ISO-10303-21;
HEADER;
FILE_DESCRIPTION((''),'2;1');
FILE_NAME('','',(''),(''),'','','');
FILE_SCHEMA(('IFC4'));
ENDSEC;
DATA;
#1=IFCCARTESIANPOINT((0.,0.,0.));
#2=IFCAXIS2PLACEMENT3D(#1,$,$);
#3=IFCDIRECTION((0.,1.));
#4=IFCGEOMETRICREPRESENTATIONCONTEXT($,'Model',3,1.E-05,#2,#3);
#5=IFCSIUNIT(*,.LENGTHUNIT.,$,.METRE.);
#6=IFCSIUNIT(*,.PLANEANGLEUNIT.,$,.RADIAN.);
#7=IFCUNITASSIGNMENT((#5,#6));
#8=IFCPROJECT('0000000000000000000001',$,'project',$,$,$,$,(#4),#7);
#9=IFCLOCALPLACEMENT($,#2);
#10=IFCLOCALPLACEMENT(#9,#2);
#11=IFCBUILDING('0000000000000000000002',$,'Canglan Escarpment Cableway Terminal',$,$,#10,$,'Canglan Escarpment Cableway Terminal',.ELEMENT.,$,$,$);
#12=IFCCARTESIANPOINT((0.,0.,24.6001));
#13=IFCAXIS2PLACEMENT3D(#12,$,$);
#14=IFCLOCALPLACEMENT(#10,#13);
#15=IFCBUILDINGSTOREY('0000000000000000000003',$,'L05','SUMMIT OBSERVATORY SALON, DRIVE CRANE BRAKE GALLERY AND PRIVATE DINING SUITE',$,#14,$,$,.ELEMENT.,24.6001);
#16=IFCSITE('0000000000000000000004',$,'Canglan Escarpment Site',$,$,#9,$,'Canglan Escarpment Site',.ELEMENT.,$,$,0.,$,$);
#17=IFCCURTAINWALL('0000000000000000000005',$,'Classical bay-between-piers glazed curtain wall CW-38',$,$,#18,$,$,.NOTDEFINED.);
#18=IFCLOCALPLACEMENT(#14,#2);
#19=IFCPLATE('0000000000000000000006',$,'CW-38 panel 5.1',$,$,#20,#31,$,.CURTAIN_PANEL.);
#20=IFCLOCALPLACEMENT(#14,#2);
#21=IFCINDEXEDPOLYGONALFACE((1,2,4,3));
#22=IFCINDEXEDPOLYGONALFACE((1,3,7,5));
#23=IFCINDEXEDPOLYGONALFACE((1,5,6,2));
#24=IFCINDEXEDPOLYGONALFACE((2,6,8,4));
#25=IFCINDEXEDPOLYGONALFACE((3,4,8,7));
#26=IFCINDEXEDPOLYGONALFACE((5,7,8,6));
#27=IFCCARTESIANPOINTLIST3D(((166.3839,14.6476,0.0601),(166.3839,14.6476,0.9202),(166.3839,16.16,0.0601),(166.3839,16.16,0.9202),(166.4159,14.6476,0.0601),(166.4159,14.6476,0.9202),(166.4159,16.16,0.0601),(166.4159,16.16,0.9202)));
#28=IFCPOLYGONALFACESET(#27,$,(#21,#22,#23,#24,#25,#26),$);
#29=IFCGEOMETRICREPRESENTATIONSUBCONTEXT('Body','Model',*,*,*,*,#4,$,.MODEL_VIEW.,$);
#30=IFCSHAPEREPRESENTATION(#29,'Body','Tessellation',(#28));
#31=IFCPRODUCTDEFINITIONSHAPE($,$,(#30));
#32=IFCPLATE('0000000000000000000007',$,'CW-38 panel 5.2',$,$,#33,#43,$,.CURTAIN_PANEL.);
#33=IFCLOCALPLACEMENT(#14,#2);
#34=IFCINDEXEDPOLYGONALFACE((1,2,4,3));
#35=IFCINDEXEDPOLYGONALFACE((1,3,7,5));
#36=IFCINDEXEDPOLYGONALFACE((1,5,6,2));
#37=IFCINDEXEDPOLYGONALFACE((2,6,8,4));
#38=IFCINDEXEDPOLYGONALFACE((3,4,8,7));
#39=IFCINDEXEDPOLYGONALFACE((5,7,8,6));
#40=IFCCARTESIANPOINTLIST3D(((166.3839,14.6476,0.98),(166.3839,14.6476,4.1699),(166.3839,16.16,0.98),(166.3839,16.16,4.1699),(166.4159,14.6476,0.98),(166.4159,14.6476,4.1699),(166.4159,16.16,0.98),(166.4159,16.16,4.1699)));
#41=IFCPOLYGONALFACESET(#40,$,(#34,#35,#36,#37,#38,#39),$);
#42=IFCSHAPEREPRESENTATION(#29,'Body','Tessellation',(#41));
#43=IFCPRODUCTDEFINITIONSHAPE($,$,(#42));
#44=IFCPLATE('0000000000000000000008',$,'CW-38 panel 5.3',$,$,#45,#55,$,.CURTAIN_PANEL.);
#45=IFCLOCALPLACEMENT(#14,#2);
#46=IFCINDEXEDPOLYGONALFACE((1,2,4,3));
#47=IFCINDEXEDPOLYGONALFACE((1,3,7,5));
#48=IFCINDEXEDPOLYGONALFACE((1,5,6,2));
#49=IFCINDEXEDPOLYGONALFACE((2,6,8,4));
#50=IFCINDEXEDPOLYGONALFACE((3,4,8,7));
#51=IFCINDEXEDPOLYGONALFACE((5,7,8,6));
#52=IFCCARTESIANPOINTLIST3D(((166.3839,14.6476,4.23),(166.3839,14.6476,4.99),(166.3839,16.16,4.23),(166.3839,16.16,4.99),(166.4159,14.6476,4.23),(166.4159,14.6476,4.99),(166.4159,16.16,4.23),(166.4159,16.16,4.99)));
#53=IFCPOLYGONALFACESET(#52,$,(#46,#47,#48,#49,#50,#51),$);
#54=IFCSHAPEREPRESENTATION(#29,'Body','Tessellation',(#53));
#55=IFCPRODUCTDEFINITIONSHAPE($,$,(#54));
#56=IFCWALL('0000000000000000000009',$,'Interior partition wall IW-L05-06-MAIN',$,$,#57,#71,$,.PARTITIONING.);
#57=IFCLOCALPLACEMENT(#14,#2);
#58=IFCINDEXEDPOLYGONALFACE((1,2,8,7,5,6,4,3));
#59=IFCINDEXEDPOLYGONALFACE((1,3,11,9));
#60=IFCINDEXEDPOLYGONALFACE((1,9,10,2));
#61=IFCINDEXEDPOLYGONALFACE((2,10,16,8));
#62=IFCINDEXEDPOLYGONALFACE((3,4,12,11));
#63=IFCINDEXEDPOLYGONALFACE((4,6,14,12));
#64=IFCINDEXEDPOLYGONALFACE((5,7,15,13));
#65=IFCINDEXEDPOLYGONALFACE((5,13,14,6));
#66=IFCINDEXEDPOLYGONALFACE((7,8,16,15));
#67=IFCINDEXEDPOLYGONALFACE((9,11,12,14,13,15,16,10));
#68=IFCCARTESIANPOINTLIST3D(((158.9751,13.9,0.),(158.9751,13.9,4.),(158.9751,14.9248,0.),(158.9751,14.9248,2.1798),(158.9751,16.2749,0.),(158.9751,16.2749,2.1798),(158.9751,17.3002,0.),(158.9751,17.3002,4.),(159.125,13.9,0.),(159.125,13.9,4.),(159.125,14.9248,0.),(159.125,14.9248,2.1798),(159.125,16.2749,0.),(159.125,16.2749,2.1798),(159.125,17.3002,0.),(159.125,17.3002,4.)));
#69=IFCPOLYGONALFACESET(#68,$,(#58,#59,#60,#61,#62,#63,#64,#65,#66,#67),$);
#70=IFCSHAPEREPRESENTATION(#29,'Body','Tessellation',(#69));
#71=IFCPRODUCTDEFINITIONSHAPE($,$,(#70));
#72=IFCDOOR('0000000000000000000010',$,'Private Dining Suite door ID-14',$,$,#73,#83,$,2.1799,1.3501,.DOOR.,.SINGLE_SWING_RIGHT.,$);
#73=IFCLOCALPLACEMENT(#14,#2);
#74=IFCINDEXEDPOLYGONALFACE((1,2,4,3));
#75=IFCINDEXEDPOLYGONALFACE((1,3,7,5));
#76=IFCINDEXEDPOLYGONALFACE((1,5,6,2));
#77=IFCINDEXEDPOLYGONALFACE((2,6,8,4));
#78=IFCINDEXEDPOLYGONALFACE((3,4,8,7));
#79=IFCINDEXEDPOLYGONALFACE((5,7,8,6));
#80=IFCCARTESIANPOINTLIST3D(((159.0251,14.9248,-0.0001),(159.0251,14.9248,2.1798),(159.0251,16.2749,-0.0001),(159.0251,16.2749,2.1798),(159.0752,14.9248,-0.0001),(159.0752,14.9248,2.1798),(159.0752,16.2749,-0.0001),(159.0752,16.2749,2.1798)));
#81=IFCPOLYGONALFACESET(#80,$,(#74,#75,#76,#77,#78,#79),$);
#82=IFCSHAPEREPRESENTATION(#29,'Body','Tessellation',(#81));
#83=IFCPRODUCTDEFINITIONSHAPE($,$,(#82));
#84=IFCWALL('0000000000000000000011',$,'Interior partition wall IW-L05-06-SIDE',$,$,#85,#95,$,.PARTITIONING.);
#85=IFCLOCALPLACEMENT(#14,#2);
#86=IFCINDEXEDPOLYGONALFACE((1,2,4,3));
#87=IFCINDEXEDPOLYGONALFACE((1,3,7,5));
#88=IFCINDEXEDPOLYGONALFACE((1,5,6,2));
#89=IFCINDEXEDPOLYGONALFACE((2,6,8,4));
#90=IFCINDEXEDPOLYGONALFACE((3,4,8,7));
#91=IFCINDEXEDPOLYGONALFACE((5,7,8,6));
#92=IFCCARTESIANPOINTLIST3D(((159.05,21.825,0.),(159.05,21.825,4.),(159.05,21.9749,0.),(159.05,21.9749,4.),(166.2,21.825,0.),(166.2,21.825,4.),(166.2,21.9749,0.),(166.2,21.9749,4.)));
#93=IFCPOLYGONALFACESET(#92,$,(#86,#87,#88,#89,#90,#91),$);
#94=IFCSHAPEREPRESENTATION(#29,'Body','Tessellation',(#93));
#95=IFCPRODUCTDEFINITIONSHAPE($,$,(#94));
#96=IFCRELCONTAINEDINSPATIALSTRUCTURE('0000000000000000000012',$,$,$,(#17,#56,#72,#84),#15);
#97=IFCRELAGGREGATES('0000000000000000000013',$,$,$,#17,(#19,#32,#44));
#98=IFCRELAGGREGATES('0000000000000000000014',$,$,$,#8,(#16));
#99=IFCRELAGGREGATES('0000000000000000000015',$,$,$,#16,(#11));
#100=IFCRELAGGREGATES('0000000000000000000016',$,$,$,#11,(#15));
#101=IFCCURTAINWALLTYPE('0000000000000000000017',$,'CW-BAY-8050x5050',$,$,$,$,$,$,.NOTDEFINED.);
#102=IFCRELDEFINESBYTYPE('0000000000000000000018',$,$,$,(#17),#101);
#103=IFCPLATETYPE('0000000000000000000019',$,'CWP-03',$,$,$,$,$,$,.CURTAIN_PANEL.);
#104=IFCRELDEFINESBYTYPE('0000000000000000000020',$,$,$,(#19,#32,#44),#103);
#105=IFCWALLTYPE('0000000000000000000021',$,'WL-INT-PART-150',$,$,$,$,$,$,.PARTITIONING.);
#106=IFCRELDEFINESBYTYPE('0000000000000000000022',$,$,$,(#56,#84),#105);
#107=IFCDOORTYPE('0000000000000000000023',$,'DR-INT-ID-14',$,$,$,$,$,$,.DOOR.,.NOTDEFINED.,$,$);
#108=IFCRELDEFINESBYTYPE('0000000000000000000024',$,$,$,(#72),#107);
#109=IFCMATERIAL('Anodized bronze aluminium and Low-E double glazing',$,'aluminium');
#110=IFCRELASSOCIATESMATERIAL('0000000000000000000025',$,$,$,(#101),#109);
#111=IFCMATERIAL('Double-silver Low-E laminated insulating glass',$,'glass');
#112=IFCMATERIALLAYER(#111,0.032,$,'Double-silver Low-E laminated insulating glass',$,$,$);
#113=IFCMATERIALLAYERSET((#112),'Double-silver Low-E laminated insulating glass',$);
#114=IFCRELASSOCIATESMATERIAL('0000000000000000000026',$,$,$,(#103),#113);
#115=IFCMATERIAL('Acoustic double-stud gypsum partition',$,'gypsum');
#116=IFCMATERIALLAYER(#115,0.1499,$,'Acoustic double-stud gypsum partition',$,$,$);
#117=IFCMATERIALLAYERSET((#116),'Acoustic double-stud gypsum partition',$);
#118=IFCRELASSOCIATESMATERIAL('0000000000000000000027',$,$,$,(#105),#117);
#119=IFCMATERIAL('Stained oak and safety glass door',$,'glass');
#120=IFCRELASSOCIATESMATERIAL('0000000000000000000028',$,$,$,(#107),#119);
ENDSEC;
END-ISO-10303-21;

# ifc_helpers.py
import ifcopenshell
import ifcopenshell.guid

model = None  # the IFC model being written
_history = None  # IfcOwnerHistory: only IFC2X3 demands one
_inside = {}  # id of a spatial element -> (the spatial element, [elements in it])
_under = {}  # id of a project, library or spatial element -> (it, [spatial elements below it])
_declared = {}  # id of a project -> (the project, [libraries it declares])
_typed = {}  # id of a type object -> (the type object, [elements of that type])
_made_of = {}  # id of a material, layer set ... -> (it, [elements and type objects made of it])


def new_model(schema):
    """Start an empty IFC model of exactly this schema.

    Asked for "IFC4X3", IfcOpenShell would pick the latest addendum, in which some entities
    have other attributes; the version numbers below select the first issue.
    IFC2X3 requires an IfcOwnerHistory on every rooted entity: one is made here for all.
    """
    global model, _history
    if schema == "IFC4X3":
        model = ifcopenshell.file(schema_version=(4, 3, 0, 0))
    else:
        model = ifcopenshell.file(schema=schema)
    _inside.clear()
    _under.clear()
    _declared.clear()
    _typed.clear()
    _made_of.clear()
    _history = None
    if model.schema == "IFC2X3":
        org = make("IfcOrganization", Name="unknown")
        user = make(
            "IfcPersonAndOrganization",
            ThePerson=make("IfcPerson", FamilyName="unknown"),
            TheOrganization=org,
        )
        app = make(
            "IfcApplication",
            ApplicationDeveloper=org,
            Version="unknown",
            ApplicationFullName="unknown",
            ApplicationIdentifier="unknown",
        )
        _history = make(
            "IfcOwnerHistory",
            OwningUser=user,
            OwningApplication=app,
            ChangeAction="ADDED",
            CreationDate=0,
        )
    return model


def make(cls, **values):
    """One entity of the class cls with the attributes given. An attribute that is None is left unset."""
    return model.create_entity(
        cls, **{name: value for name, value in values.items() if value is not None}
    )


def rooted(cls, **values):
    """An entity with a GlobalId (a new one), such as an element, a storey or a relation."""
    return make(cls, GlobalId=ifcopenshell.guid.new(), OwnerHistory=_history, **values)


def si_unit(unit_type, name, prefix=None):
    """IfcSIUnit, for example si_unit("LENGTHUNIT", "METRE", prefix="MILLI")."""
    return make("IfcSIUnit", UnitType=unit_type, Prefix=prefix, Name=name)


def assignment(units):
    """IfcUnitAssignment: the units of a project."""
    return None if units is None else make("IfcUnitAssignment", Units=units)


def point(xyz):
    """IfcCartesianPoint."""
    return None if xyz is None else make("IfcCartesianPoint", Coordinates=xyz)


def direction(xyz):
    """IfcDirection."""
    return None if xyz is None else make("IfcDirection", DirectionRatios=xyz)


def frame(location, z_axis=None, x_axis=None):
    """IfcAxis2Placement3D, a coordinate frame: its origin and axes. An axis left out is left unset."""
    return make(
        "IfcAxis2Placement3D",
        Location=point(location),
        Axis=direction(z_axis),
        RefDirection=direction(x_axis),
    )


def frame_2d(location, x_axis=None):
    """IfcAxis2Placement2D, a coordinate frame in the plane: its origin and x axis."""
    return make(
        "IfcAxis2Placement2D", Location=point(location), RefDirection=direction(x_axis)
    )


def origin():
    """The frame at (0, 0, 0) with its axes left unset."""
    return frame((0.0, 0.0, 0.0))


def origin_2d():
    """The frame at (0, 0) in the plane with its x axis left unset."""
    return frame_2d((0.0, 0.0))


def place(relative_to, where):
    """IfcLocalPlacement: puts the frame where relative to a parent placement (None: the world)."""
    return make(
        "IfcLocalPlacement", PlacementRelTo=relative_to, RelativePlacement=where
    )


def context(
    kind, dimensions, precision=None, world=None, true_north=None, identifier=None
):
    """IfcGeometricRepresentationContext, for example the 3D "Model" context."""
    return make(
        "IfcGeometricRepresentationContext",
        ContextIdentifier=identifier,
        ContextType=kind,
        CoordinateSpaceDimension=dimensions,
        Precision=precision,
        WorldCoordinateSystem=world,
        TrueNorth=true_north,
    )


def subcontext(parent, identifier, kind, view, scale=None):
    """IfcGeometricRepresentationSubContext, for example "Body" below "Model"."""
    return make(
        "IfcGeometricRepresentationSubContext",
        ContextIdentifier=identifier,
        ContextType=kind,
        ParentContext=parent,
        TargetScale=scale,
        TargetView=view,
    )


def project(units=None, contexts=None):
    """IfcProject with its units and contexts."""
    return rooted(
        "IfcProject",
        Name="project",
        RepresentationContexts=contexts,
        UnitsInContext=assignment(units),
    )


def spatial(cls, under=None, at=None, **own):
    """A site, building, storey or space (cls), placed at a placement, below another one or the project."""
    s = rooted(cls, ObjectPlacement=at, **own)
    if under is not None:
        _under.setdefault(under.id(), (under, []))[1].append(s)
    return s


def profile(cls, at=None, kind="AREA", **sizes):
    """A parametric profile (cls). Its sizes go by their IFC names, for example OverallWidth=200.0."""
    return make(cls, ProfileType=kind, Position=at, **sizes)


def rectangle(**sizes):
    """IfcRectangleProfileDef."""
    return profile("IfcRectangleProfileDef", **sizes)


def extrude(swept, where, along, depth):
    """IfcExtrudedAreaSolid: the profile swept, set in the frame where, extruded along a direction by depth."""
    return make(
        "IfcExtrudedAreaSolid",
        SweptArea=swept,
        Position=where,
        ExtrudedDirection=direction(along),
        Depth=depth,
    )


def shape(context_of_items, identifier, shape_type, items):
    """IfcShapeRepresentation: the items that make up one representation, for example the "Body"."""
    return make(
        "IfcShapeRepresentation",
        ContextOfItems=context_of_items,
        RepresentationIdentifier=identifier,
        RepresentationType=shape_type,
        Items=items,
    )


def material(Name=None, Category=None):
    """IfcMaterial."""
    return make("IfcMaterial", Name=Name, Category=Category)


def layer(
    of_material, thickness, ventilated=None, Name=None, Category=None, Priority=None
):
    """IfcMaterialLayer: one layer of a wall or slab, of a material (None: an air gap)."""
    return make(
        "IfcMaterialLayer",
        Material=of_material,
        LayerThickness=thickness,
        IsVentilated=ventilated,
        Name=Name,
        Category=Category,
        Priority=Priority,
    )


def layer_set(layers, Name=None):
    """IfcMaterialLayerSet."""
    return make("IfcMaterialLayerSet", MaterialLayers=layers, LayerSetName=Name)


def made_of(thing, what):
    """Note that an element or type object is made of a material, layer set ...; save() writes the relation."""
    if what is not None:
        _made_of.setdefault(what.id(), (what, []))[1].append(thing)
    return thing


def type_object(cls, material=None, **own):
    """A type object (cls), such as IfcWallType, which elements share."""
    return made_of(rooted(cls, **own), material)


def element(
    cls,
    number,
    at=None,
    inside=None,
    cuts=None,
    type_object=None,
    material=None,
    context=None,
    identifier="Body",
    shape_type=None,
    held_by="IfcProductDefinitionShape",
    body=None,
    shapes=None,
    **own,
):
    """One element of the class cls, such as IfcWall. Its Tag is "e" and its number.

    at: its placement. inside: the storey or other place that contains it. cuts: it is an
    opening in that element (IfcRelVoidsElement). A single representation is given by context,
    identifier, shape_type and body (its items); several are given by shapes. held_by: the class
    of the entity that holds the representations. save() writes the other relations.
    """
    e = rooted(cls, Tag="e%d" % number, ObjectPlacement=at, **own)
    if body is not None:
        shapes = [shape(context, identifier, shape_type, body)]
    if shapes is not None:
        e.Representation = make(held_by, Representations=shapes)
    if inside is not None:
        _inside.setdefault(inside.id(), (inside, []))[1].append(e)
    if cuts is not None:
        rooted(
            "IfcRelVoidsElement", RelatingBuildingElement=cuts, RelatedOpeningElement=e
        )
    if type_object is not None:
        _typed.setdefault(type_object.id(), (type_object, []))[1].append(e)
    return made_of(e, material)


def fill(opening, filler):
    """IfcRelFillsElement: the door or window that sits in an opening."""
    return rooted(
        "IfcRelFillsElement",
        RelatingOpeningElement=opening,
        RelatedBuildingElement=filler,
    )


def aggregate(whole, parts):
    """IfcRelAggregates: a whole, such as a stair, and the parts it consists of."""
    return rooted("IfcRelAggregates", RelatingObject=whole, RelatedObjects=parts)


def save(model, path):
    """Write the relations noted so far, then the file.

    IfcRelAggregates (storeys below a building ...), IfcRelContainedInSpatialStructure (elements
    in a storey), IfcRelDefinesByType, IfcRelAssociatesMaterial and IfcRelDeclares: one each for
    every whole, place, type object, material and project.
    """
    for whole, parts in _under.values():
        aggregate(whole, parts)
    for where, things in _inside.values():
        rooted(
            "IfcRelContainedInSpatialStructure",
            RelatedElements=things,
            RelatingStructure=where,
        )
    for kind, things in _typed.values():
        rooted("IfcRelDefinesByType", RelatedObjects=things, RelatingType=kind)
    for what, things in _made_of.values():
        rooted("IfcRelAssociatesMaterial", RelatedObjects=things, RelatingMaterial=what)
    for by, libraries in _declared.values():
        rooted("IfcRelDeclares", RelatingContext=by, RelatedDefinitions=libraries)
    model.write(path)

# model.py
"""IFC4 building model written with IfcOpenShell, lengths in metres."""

from ifc_helpers import new_model, si_unit, direction, frame, frame_2d, origin, origin_2d, place, context, subcontext, project, spatial, rectangle, extrude, material, layer, layer_set, type_object, element, fill, aggregate, save


model = new_model("IFC4")

# Units and contexts
model_context = context("Model", 3, precision=1e-05, world=origin(), true_north=direction((0.0, 1.0)))
body_context = subcontext(model_context, "Body", "Model", "MODEL_VIEW")
ifc_project = project(units=[si_unit("LENGTHUNIT", "METRE"), si_unit("PLANEANGLEUNIT", "RADIAN")], contexts=[model_context])

# Site, building, storey
site_placement = place(None, origin())
site = spatial("IfcSite", under=ifc_project, at=site_placement, Name="Canglan Escarpment Site", LongName="Canglan Escarpment Site", CompositionType="ELEMENT", RefElevation=0.0)
building_placement = place(site_placement, origin())
building = spatial("IfcBuilding", under=site, at=building_placement, Name="Canglan Escarpment Cableway Terminal", LongName="Canglan Escarpment Cableway Terminal", CompositionType="ELEMENT")
storey_placement = place(building_placement, frame((0.0, 0.0, 24.6001)))
storey = spatial("IfcBuildingStorey", under=building, at=storey_placement, Name="L05", Description="SUMMIT OBSERVATORY SALON, DRIVE CRANE BRAKE GALLERY AND PRIVATE DINING SUITE", CompositionType="ELEMENT", Elevation=24.6001)

# Curtain wall
ifc_material_1 = material(Name="Anodized bronze aluminium and Low-E double glazing", Category="aluminium")
curtain_wall_type = type_object("IfcCurtainWallType", Name="CW-BAY-8050x5050", PredefinedType="NOTDEFINED", material=ifc_material_1)
curtain_wall_1_placement = place(storey_placement, origin())
curtain_wall_1 = element("IfcCurtainWall", 1, at=curtain_wall_1_placement, inside=storey, type_object=curtain_wall_type, Name="Classical bay-between-piers glazed curtain wall CW-38", PredefinedType="NOTDEFINED")

# Plates
ifc_material_2 = material(Name="Double-silver Low-E laminated insulating glass", Category="glass")
ifc_layer_1 = layer(ifc_material_2, 0.032, Name="Double-silver Low-E laminated insulating glass")
ifc_layer_set_1 = layer_set([ifc_layer_1], Name="Double-silver Low-E laminated insulating glass")
plate_type = type_object("IfcPlateType", Name="CWP-03", PredefinedType="CURTAIN_PANEL", material=ifc_layer_set_1)
plate_1_placement = place(storey_placement, frame((166.3999, 15.4038, 0.0601), z_axis=(0.0, 0.0, 1.0), x_axis=(0.0, 1.0, 0.0)))
plate_1 = element("IfcPlate", 2, at=plate_1_placement, type_object=plate_type, Name="CW-38 panel 5.1", PredefinedType="CURTAIN_PANEL", context=body_context, shape_type="SweptSolid", body=[
    extrude(rectangle(XDim=1.5125, YDim=0.032, at=origin_2d()), origin(), (0.0, 0.0, 1.0), 0.8601),
])
plate_2_placement = place(storey_placement, frame((166.3999, 15.4038, 0.98), z_axis=(0.0, 0.0, 1.0), x_axis=(0.0, 1.0, 0.0)))
plate_2 = element("IfcPlate", 3, at=plate_2_placement, type_object=plate_type, Name="CW-38 panel 5.2", PredefinedType="CURTAIN_PANEL", context=body_context, shape_type="SweptSolid", body=[
    extrude(rectangle(XDim=1.5125, YDim=0.032, at=origin_2d()), origin(), (0.0, 0.0, 1.0), 3.1899),
])
plate_3_placement = place(storey_placement, frame((166.3999, 15.4038, 4.23), z_axis=(0.0, 0.0, 1.0), x_axis=(0.0, 1.0, 0.0)))
plate_3 = element("IfcPlate", 4, at=plate_3_placement, type_object=plate_type, Name="CW-38 panel 5.3", PredefinedType="CURTAIN_PANEL", context=body_context, shape_type="SweptSolid", body=[
    extrude(rectangle(XDim=1.5125, YDim=0.032, at=origin_2d()), origin(), (0.0, 0.0, 1.0), 0.76),
])
aggregate(curtain_wall_1, [plate_1, plate_2, plate_3])

# Wall, opening, door
ifc_material_3 = material(Name="Acoustic double-stud gypsum partition", Category="gypsum")
ifc_layer_2 = layer(ifc_material_3, 0.1499, Name="Acoustic double-stud gypsum partition")
ifc_layer_set_2 = layer_set([ifc_layer_2], Name="Acoustic double-stud gypsum partition")
wall_type = type_object("IfcWallType", Name="WL-INT-PART-150", PredefinedType="PARTITIONING", material=ifc_layer_set_2)
wall_1_placement = place(storey_placement, frame((159.05, 13.8999, 0.0), z_axis=(0.0, 0.0, 1.0), x_axis=(0.0, 1.0, 0.0)))
wall_1 = element("IfcWall", 5, at=wall_1_placement, inside=storey, type_object=wall_type, Name="Interior partition wall IW-L05-06-MAIN", PredefinedType="PARTITIONING", context=body_context, shape_type="SweptSolid", body=[
    extrude(rectangle(XDim=3.4001, YDim=0.1499, at=frame_2d((1.7002, 0.0))), origin(), (0.0, 0.0, 1.0), 4.0),
])
opening_placement = place(wall_1_placement, frame((1.0249, 0.0, 0.0)))
opening = element("IfcOpeningElement", 6, at=opening_placement, cuts=wall_1, PredefinedType="OPENING", context=body_context, shape_type="SweptSolid", body=[
    extrude(rectangle(XDim=1.3501, YDim=2.1799, at=frame_2d((0.675, 1.0898))), frame((0.0, 0.085, 0.0), z_axis=(0.0, -1.0, 0.0), x_axis=(1.0, 0.0, 0.0)), (0.0, 0.0, 1.0), 0.1699),
])
ifc_material_4 = material(Name="Stained oak and safety glass door", Category="glass")
door_type = type_object("IfcDoorType", Name="DR-INT-ID-14", OperationType="NOTDEFINED", PredefinedType="DOOR", material=ifc_material_4)
door_placement = place(opening_placement, origin())
door = element("IfcDoor", 7, at=door_placement, inside=storey, type_object=door_type, Name="Private Dining Suite door ID-14", OperationType="SINGLE_SWING_RIGHT", OverallHeight=2.1799, OverallWidth=1.3501, PredefinedType="DOOR", context=body_context, shape_type="SweptSolid", body=[
    extrude(rectangle(XDim=1.3501, YDim=2.1799, at=frame_2d((0.675, 1.0898))), frame((0.0, 0.0249, 0.0), z_axis=(0.0, -1.0, 0.0), x_axis=(1.0, 0.0, 0.0)), (0.0, 0.0, 1.0), 0.05),
])
fill(opening, door)

# Wall
wall_2_placement = place(storey_placement, frame((159.05, 21.8999, 0.0), z_axis=(0.0, 0.0, 1.0), x_axis=(1.0, 0.0, 0.0)))
element("IfcWall", 8, at=wall_2_placement, inside=storey, type_object=wall_type, Name="Interior partition wall IW-L05-06-SIDE", PredefinedType="PARTITIONING", context=body_context, shape_type="SweptSolid", body=[
    extrude(rectangle(XDim=7.1499, YDim=0.1499, at=frame_2d((3.575, 0.0))), origin(), (0.0, 0.0, 1.0), 4.0),
])

save(model, "model.ifc")
